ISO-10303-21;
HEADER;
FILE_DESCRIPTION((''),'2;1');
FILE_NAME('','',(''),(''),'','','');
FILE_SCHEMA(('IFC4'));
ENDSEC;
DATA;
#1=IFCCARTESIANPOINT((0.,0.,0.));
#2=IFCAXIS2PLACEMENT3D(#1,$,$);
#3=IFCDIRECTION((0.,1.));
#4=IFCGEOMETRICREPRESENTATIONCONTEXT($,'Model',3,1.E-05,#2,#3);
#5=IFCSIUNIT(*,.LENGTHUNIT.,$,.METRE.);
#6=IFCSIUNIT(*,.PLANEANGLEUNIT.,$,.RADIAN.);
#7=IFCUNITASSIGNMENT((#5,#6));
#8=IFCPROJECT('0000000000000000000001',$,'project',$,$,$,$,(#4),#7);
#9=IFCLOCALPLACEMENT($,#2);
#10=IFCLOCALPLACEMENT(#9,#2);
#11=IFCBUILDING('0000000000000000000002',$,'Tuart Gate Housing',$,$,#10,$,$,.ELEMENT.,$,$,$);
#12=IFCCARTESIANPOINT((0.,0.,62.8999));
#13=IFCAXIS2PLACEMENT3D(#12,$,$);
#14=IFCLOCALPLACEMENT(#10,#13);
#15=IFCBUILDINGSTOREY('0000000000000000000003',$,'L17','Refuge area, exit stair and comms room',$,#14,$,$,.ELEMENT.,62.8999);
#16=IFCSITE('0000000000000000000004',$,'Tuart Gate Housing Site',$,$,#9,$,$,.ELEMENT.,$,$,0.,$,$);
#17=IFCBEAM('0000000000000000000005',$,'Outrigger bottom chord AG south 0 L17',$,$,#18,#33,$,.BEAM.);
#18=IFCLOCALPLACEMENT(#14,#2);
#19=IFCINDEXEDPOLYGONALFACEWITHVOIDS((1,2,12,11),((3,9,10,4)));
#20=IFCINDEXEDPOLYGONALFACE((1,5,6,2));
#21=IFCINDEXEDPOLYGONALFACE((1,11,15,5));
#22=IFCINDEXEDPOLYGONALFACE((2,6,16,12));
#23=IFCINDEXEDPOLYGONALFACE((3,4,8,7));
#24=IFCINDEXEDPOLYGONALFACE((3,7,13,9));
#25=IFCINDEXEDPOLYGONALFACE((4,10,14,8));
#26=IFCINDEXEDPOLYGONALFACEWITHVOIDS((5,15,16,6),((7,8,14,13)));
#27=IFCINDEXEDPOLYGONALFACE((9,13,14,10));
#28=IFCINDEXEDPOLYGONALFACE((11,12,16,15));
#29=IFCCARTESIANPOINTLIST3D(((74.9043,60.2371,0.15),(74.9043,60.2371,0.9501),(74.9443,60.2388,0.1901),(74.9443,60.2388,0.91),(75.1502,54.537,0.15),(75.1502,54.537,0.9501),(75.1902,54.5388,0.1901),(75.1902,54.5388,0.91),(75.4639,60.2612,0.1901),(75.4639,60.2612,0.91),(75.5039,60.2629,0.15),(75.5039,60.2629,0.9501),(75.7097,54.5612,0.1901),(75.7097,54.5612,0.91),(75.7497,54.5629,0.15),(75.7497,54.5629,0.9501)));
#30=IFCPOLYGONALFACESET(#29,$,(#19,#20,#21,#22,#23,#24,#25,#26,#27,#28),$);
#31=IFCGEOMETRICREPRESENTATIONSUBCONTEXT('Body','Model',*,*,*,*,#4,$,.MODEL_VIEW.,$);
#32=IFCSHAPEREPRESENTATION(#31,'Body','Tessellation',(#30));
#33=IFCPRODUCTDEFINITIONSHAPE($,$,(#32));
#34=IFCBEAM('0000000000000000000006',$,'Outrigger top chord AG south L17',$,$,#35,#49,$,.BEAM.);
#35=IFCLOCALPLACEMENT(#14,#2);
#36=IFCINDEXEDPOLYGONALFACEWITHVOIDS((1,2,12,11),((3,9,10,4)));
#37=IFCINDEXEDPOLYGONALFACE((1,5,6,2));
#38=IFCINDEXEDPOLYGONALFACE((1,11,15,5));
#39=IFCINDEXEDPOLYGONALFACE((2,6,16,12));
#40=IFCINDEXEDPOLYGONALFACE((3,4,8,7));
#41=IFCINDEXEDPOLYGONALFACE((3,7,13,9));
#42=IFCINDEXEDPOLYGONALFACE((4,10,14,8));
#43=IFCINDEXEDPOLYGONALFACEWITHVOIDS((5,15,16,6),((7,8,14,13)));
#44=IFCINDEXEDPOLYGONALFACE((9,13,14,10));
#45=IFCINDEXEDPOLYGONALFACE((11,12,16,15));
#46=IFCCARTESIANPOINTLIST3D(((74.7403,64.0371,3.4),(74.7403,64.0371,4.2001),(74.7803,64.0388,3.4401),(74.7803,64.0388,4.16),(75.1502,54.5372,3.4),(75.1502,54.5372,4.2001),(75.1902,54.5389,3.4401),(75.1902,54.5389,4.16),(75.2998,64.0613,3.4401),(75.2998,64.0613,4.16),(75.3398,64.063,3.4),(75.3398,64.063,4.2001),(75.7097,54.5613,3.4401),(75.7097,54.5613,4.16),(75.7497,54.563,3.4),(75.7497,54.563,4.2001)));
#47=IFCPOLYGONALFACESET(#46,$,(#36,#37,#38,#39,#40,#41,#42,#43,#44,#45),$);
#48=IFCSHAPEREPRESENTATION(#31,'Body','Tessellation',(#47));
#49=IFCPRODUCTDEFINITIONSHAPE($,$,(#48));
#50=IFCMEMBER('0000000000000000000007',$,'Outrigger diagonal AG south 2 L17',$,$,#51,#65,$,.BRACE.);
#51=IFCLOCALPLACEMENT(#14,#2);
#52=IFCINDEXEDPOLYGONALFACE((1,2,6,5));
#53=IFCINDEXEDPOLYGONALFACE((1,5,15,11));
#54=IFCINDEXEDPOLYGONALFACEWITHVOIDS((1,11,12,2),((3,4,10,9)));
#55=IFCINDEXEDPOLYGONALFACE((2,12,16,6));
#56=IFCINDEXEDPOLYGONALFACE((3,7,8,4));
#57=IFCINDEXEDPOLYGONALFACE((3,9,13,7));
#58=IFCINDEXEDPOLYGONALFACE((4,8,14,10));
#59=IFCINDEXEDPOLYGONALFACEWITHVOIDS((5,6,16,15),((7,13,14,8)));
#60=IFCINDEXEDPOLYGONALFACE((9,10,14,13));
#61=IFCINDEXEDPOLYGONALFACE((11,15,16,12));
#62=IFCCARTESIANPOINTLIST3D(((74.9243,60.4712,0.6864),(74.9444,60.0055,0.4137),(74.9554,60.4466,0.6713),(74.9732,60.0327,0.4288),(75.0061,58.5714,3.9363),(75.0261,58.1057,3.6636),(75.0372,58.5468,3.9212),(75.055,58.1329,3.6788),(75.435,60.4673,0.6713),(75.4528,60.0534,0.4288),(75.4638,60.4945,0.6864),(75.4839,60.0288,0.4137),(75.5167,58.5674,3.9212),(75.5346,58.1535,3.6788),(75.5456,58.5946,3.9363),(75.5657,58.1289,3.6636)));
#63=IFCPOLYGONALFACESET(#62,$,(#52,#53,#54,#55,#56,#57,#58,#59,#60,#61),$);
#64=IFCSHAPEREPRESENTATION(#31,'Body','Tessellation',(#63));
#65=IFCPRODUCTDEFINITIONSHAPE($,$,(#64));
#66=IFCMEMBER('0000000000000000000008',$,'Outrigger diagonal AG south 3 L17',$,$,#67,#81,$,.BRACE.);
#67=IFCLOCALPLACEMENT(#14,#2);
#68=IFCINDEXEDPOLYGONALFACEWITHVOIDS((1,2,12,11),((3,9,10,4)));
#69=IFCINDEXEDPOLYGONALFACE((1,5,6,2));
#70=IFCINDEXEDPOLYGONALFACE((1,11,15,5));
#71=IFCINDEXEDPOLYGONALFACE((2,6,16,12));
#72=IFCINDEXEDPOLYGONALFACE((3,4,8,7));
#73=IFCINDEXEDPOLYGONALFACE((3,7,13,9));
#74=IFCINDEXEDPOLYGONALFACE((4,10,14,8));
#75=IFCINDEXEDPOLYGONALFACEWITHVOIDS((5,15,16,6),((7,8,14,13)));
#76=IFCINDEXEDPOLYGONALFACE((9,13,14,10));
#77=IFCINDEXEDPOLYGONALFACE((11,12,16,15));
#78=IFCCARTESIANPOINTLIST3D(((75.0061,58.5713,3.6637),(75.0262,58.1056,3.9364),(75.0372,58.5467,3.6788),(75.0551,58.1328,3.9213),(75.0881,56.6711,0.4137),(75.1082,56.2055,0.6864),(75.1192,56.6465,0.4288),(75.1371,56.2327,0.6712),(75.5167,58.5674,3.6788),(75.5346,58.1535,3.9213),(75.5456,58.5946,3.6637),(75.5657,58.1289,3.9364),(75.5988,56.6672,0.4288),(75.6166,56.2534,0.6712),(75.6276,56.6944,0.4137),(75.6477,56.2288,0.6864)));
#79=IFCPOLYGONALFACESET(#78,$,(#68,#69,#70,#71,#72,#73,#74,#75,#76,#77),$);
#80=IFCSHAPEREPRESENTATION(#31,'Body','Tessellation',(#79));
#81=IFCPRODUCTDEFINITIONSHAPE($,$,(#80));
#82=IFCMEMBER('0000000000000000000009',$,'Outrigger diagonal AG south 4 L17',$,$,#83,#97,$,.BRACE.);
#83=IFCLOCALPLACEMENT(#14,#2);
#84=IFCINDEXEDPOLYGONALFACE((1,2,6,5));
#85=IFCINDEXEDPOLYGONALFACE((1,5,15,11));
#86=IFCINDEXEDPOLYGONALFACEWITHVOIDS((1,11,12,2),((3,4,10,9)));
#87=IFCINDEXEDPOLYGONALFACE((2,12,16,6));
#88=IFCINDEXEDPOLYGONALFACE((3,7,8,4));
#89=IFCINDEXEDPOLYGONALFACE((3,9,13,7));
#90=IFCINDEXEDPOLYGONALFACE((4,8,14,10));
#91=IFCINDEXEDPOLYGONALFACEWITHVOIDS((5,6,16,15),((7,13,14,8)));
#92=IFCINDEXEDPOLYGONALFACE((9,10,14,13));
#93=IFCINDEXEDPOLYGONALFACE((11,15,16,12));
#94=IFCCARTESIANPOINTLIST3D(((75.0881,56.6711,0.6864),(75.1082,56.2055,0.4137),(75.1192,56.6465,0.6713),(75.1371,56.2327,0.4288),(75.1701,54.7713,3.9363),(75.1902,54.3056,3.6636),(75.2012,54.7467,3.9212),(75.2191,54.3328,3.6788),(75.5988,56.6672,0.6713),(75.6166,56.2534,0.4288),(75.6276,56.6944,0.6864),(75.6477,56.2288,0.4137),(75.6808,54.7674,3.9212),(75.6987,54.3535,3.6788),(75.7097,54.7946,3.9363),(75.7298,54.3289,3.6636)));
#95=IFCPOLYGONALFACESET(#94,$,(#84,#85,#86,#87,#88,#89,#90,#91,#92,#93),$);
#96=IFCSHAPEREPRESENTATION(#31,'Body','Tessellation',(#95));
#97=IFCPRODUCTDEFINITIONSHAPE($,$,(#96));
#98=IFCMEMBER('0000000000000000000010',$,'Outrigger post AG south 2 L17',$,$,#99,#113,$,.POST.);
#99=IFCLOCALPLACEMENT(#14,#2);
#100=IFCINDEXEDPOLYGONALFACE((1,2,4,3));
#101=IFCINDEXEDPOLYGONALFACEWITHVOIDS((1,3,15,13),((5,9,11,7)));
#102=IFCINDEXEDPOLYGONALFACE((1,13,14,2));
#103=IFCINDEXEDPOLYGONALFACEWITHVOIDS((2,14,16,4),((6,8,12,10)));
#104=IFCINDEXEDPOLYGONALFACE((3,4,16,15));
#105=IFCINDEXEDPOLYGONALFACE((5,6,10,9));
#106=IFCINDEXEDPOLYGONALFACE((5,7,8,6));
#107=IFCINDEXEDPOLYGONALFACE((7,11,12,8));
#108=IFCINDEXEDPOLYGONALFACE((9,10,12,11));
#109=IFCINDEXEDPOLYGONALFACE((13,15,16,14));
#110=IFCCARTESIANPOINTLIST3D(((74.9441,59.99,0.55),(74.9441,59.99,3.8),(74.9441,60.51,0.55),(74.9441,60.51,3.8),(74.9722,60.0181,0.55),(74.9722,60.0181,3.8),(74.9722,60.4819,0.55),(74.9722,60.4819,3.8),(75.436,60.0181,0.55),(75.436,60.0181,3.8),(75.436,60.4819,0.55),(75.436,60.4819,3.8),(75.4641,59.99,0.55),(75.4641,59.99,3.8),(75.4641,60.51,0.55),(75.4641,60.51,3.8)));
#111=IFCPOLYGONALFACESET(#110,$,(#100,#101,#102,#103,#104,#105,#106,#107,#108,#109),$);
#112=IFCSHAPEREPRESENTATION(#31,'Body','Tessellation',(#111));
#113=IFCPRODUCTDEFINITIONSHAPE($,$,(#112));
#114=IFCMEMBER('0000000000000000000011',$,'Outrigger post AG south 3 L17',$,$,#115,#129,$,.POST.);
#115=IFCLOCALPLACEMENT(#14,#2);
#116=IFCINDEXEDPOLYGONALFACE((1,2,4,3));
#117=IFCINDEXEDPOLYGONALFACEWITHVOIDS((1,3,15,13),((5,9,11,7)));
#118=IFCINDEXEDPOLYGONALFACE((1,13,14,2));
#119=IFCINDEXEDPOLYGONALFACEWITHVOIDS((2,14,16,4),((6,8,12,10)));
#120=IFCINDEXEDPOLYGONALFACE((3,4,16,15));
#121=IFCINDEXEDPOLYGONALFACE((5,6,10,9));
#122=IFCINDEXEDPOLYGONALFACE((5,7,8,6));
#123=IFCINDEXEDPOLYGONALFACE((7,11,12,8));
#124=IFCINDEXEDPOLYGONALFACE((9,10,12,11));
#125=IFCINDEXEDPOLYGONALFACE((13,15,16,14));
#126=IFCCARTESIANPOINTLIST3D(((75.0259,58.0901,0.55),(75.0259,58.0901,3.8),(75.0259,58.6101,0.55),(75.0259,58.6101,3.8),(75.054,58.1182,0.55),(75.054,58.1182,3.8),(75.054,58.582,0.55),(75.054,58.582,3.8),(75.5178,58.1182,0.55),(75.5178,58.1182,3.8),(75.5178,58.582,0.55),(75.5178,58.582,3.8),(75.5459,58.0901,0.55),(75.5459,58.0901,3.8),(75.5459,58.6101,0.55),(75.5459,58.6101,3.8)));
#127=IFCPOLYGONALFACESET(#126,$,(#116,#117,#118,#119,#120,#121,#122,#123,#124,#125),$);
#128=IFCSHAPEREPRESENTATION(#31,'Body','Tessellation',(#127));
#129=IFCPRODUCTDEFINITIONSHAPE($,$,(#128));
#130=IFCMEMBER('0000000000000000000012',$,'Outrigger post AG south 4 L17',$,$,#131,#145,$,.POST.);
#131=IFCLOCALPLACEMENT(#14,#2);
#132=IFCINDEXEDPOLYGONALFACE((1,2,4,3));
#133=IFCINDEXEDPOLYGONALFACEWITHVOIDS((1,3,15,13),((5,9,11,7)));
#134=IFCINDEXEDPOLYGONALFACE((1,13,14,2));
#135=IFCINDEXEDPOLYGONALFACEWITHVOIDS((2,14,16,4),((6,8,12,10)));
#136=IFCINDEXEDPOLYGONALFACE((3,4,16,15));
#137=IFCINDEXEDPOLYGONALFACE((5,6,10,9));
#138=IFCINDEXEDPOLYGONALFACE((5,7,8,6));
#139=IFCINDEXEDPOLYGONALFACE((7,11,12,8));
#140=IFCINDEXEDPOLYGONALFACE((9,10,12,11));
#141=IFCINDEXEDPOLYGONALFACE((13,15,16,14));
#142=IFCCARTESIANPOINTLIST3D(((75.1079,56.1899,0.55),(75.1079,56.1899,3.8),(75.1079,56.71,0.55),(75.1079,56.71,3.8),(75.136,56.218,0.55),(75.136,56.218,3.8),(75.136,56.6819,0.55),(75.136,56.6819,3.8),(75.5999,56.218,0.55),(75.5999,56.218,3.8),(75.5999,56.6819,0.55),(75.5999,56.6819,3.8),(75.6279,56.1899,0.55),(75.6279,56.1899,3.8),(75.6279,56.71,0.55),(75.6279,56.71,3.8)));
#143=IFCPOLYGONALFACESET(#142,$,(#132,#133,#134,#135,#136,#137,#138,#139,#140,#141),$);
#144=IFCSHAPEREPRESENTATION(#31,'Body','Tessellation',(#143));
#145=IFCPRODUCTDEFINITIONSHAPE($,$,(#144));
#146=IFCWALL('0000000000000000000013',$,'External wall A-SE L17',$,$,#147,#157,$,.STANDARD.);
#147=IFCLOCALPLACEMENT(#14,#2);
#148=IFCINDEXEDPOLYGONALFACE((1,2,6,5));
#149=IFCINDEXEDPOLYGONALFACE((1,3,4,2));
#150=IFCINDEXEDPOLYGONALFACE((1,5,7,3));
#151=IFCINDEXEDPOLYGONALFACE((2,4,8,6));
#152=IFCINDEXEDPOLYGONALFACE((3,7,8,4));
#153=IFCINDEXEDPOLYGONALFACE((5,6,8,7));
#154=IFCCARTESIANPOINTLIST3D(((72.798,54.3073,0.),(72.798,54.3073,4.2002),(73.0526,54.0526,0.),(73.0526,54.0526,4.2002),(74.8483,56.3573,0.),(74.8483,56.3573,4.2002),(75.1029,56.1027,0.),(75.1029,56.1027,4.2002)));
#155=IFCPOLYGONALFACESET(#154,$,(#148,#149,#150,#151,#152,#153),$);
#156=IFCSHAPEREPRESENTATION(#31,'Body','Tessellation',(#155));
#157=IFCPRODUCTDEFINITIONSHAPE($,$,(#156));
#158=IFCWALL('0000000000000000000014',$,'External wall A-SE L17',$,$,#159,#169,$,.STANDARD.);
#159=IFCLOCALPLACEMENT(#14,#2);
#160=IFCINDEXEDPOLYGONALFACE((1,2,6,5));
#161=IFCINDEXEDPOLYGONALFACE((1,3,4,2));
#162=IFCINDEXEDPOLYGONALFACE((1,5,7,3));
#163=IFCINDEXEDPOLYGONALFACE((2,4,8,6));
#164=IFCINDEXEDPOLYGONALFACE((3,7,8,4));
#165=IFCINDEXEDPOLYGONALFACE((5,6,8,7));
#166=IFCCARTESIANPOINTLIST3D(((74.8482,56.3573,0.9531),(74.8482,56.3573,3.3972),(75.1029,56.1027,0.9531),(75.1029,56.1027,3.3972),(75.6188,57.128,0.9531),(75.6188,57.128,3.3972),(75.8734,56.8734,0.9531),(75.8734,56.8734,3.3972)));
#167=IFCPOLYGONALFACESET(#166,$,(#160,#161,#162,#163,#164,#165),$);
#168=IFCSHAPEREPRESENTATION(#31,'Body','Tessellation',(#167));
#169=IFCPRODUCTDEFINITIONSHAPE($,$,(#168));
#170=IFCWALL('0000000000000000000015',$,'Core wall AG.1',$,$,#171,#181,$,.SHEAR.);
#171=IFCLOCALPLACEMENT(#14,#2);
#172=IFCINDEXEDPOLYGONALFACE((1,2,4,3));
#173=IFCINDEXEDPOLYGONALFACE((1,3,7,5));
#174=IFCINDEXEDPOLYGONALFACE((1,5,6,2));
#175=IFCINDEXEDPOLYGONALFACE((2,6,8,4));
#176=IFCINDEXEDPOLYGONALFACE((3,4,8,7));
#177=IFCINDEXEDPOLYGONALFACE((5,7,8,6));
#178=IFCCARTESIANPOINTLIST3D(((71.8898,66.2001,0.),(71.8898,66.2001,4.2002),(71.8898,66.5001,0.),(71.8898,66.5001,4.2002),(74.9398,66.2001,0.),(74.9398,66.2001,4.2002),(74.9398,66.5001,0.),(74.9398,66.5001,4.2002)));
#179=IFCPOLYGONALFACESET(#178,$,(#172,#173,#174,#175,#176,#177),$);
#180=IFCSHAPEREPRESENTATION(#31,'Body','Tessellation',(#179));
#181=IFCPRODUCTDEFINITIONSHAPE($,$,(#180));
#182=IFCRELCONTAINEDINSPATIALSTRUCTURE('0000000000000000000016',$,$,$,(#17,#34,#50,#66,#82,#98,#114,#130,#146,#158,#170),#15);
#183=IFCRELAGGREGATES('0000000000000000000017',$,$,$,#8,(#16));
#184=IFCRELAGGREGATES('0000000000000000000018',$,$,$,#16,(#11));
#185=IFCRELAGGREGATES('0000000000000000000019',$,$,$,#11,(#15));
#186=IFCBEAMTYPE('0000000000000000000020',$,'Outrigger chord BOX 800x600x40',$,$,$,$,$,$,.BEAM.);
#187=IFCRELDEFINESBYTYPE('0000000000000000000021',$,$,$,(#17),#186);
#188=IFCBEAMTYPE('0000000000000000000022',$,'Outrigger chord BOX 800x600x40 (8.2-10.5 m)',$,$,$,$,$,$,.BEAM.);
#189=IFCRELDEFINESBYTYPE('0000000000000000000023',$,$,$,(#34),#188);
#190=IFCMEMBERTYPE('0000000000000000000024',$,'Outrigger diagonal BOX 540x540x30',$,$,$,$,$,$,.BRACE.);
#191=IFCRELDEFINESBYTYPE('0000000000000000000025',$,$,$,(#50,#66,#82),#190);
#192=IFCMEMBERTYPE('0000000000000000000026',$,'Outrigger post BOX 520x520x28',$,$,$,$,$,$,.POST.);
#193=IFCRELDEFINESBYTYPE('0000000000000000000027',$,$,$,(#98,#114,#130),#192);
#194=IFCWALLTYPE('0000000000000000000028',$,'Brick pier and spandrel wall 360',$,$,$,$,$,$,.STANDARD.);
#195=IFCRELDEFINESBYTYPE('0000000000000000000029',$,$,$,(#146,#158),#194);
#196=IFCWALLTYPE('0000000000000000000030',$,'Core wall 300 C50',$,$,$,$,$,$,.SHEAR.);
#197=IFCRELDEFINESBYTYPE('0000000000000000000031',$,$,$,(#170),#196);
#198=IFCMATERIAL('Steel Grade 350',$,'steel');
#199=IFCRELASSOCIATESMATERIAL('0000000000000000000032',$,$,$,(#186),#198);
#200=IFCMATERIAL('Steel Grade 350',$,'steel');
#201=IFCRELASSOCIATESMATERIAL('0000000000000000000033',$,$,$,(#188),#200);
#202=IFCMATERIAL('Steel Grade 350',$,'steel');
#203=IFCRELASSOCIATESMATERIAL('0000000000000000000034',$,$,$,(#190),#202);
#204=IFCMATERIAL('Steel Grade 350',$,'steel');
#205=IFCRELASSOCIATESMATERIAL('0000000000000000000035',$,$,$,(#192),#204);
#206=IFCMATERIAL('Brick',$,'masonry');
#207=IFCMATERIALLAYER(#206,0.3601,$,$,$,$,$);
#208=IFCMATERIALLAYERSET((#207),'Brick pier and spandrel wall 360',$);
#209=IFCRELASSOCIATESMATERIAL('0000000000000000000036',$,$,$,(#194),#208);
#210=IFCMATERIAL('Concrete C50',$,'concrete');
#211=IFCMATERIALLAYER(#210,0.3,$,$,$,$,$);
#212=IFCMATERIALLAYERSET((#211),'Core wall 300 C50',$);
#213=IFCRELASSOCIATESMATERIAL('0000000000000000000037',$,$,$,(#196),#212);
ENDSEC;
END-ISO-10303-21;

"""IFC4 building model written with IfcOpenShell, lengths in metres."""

from ifc_helpers import new_model, si_unit, direction, frame, frame_2d, origin, origin_2d, place, context, subcontext, project, spatial, rectangle, hollow_rectangle, extrude, material, layer, layer_set, material_profile, profile_set, type_object, element, save


model = new_model("IFC4")

# Units and contexts
model_context = context("Model", 3, precision=1e-05, world=origin(), true_north=direction((0.0, 1.0)))
body_context = subcontext(model_context, "Body", "Model", "MODEL_VIEW")
ifc_project = project(units=[si_unit("LENGTHUNIT", "METRE"), si_unit("PLANEANGLEUNIT", "RADIAN")], contexts=[model_context])

# Site, building, storey
site_placement = place(None, origin())
site = spatial("IfcSite", under=ifc_project, at=site_placement, Name="Tuart Gate Housing Site", CompositionType="ELEMENT", RefElevation=0.0)
building_placement = place(site_placement, origin())
building = spatial("IfcBuilding", under=site, at=building_placement, Name="Tuart Gate Housing", CompositionType="ELEMENT")
storey_placement = place(building_placement, frame((0.0, 0.0, 62.8999)))
storey = spatial("IfcBuildingStorey", under=building, at=storey_placement, Name="L17", Description="Refuge area, exit stair and comms room", CompositionType="ELEMENT", Elevation=62.8999)

# Beams
ifc_material_1 = material(Name="Steel Grade 350", Category="steel")
ifc_material_profile_1 = material_profile(ifc_material_1, hollow_rectangle(XDim=0.6001, YDim=0.8, WallThickness=0.04, at=origin_2d()), Name="BOX 800x600x40")
ifc_profile_set_1 = profile_set([ifc_material_profile_1], Name="Steel Grade 350")
beam_type_1 = type_object("IfcBeamType", Name="Outrigger chord BOX 800x600x40", PredefinedType="BEAM", material=ifc_profile_set_1)
beam_1_placement = place(storey_placement, frame((75.2041, 60.25, 0.55), z_axis=(0.043092, -0.999071, 0.0), x_axis=(0.999071, 0.043092, 0.0)))
element("IfcBeam", 1, at=beam_1_placement, inside=storey, type_object=beam_type_1, Name="Outrigger bottom chord AG south 0 L17", PredefinedType="BEAM", context=body_context, shape_type="SweptSolid", body=[
    extrude(hollow_rectangle(XDim=0.6001, YDim=0.8, WallThickness=0.04, at=origin_2d()), origin(), (0.0, 0.0, 1.0), 5.7053),
])
ifc_material_2 = material(Name="Steel Grade 350", Category="steel")
ifc_material_profile_2 = material_profile(ifc_material_2, hollow_rectangle(XDim=0.6001, YDim=0.8, WallThickness=0.04, at=origin_2d()), Name="BOX 800x600x40")
ifc_profile_set_2 = profile_set([ifc_material_profile_2], Name="Steel Grade 350")
beam_type_2 = type_object("IfcBeamType", Name="Outrigger chord BOX 800x600x40 (8.2-10.5 m)", PredefinedType="BEAM", material=ifc_profile_set_2)
beam_2_placement = place(storey_placement, frame((75.04, 64.05, 3.8), z_axis=(0.043109, -0.99907, 0.0), x_axis=(0.99907, 0.043109, 0.0)))
element("IfcBeam", 2, at=beam_2_placement, inside=storey, type_object=beam_type_2, Name="Outrigger top chord AG south L17", PredefinedType="BEAM", context=body_context, shape_type="SweptSolid", body=[
    extrude(hollow_rectangle(XDim=0.6001, YDim=0.8, WallThickness=0.04, at=origin_2d()), origin(), (0.0, 0.0, 1.0), 9.5088),
])

# Members
ifc_material_3 = material(Name="Steel Grade 350", Category="steel")
ifc_material_profile_3 = material_profile(ifc_material_3, hollow_rectangle(XDim=0.54, YDim=0.54, WallThickness=0.03, at=origin_2d()), Name="BOX 540x540x30")
ifc_profile_set_3 = profile_set([ifc_material_profile_3], Name="Steel Grade 350")
member_type_1 = type_object("IfcMemberType", Name="Outrigger diagonal BOX 540x540x30", PredefinedType="BRACE", material=ifc_profile_set_3)
member_1_placement = place(storey_placement, frame((75.2041, 60.25, 0.55), z_axis=(0.02172, -0.504558, 0.863104), x_axis=(0.999075, 0.043008, 0.0)))
element("IfcMember", 3, at=member_1_placement, inside=storey, type_object=member_type_1, Name="Outrigger diagonal AG south 2 L17", PredefinedType="BRACE", context=body_context, shape_type="SweptSolid", body=[
    extrude(hollow_rectangle(XDim=0.54, YDim=0.54, WallThickness=0.03, at=origin_2d()), origin(), (0.0, 0.0, 1.0), 3.7654),
])
member_2_placement = place(storey_placement, frame((75.2859, 58.3501, 3.8), z_axis=(0.021784, -0.504606, -0.863075), x_axis=(0.999069, 0.043131, 0.0)))
element("IfcMember", 4, at=member_2_placement, inside=storey, type_object=member_type_1, Name="Outrigger diagonal AG south 3 L17", PredefinedType="BRACE", context=body_context, shape_type="SweptSolid", body=[
    extrude(hollow_rectangle(XDim=0.54, YDim=0.54, WallThickness=0.03, at=origin_2d()), origin(), (0.0, 0.0, 1.0), 3.7656),
])
member_3_placement = place(storey_placement, frame((75.3679, 56.45, 0.55), z_axis=(0.021785, -0.504557, 0.863103), x_axis=(0.999069, 0.043136, 0.0)))
element("IfcMember", 5, at=member_3_placement, inside=storey, type_object=member_type_1, Name="Outrigger diagonal AG south 4 L17", PredefinedType="BRACE", context=body_context, shape_type="SweptSolid", body=[
    extrude(hollow_rectangle(XDim=0.54, YDim=0.54, WallThickness=0.03, at=origin_2d()), origin(), (0.0, 0.0, 1.0), 3.7654),
])
ifc_material_4 = material(Name="Steel Grade 350", Category="steel")
ifc_material_profile_4 = material_profile(ifc_material_4, hollow_rectangle(XDim=0.52, YDim=0.52, WallThickness=0.0281, at=origin_2d()), Name="BOX 520x520x28")
ifc_profile_set_4 = profile_set([ifc_material_profile_4], Name="Steel Grade 350")
member_type_2 = type_object("IfcMemberType", Name="Outrigger post BOX 520x520x28", PredefinedType="POST", material=ifc_profile_set_4)
for number, where, z_axis, x_axis, name in (
    (6, (75.2041, 60.25, 0.55), (0.0, 0.0, 1.0), (1.0, 0.0, 0.0), "Outrigger post AG south 2 L17"),
    (7, (75.2859, 58.3501, 0.55), (0.0, 0.0, 1.0), (1.0, 0.0, 0.0), "Outrigger post AG south 3 L17"),
    (8, (75.3679, 56.45, 0.55), (0.0, 0.0, 1.0), (1.0, 0.0, 0.0), "Outrigger post AG south 4 L17"),
):
    element("IfcMember", number, at=place(storey_placement, frame(where, z_axis=z_axis, x_axis=x_axis)), inside=storey, type_object=member_type_2, Name=name, PredefinedType="POST", context=body_context, shape_type="SweptSolid", body=[
        extrude(hollow_rectangle(XDim=0.52, YDim=0.52, WallThickness=0.0281, at=origin_2d()), origin(), (0.0, 0.0, 1.0), 3.25),
    ])

# Walls
ifc_material_5 = material(Name="Brick", Category="masonry")
ifc_layer_1 = layer(ifc_material_5, 0.3601)
ifc_layer_set_1 = layer_set([ifc_layer_1], Name="Brick pier and spandrel wall 360")
wall_type_1 = type_object("IfcWallType", Name="Brick pier and spandrel wall 360", PredefinedType="STANDARD", material=ifc_layer_set_1)
wall_1_placement = place(storey_placement, frame((72.9253, 54.1799, 0.0), z_axis=(0.0, 0.0, 1.0), x_axis=(0.707149, 0.707065, 0.0)))
element("IfcWall", 9, at=wall_1_placement, inside=storey, type_object=wall_type_1, Name="External wall A-SE L17", PredefinedType="STANDARD", context=body_context, shape_type="SweptSolid", body=[
    extrude(rectangle(XDim=2.8994, YDim=0.3601, at=frame_2d((1.4497, 0.0))), origin(), (0.0, 0.0, 1.0), 4.2002),
])
wall_2_placement = place(storey_placement, frame((74.9756, 56.23, 0.9531), z_axis=(0.0, 0.0, 1.0), x_axis=(0.706995, 0.707219, 0.0)))
element("IfcWall", 10, at=wall_2_placement, inside=storey, type_object=wall_type_1, Name="External wall A-SE L17", PredefinedType="STANDARD", context=body_context, shape_type="SweptSolid", body=[
    extrude(rectangle(XDim=1.0898, YDim=0.3601, at=frame_2d((0.5449, 0.0))), origin(), (0.0, 0.0, 1.0), 2.4441),
])
ifc_material_6 = material(Name="Concrete C50", Category="concrete")
ifc_layer_2 = layer(ifc_material_6, 0.3)
ifc_layer_set_2 = layer_set([ifc_layer_2], Name="Core wall 300 C50")
wall_type_2 = type_object("IfcWallType", Name="Core wall 300 C50", PredefinedType="SHEAR", material=ifc_layer_set_2)
wall_3_placement = place(storey_placement, frame((71.8899, 66.3501, 0.0), z_axis=(0.0, 0.0, 1.0), x_axis=(1.0, 0.0, 0.0)))
element("IfcWall", 11, at=wall_3_placement, inside=storey, type_object=wall_type_2, Name="Core wall AG.1", PredefinedType="SHEAR", context=body_context, shape_type="SweptSolid", body=[
    extrude(rectangle(XDim=3.05, YDim=0.3, at=frame_2d((1.5249, 0.0))), origin(), (0.0, 0.0, 1.0), 4.2002),
])

save(model, "model.ifc")
